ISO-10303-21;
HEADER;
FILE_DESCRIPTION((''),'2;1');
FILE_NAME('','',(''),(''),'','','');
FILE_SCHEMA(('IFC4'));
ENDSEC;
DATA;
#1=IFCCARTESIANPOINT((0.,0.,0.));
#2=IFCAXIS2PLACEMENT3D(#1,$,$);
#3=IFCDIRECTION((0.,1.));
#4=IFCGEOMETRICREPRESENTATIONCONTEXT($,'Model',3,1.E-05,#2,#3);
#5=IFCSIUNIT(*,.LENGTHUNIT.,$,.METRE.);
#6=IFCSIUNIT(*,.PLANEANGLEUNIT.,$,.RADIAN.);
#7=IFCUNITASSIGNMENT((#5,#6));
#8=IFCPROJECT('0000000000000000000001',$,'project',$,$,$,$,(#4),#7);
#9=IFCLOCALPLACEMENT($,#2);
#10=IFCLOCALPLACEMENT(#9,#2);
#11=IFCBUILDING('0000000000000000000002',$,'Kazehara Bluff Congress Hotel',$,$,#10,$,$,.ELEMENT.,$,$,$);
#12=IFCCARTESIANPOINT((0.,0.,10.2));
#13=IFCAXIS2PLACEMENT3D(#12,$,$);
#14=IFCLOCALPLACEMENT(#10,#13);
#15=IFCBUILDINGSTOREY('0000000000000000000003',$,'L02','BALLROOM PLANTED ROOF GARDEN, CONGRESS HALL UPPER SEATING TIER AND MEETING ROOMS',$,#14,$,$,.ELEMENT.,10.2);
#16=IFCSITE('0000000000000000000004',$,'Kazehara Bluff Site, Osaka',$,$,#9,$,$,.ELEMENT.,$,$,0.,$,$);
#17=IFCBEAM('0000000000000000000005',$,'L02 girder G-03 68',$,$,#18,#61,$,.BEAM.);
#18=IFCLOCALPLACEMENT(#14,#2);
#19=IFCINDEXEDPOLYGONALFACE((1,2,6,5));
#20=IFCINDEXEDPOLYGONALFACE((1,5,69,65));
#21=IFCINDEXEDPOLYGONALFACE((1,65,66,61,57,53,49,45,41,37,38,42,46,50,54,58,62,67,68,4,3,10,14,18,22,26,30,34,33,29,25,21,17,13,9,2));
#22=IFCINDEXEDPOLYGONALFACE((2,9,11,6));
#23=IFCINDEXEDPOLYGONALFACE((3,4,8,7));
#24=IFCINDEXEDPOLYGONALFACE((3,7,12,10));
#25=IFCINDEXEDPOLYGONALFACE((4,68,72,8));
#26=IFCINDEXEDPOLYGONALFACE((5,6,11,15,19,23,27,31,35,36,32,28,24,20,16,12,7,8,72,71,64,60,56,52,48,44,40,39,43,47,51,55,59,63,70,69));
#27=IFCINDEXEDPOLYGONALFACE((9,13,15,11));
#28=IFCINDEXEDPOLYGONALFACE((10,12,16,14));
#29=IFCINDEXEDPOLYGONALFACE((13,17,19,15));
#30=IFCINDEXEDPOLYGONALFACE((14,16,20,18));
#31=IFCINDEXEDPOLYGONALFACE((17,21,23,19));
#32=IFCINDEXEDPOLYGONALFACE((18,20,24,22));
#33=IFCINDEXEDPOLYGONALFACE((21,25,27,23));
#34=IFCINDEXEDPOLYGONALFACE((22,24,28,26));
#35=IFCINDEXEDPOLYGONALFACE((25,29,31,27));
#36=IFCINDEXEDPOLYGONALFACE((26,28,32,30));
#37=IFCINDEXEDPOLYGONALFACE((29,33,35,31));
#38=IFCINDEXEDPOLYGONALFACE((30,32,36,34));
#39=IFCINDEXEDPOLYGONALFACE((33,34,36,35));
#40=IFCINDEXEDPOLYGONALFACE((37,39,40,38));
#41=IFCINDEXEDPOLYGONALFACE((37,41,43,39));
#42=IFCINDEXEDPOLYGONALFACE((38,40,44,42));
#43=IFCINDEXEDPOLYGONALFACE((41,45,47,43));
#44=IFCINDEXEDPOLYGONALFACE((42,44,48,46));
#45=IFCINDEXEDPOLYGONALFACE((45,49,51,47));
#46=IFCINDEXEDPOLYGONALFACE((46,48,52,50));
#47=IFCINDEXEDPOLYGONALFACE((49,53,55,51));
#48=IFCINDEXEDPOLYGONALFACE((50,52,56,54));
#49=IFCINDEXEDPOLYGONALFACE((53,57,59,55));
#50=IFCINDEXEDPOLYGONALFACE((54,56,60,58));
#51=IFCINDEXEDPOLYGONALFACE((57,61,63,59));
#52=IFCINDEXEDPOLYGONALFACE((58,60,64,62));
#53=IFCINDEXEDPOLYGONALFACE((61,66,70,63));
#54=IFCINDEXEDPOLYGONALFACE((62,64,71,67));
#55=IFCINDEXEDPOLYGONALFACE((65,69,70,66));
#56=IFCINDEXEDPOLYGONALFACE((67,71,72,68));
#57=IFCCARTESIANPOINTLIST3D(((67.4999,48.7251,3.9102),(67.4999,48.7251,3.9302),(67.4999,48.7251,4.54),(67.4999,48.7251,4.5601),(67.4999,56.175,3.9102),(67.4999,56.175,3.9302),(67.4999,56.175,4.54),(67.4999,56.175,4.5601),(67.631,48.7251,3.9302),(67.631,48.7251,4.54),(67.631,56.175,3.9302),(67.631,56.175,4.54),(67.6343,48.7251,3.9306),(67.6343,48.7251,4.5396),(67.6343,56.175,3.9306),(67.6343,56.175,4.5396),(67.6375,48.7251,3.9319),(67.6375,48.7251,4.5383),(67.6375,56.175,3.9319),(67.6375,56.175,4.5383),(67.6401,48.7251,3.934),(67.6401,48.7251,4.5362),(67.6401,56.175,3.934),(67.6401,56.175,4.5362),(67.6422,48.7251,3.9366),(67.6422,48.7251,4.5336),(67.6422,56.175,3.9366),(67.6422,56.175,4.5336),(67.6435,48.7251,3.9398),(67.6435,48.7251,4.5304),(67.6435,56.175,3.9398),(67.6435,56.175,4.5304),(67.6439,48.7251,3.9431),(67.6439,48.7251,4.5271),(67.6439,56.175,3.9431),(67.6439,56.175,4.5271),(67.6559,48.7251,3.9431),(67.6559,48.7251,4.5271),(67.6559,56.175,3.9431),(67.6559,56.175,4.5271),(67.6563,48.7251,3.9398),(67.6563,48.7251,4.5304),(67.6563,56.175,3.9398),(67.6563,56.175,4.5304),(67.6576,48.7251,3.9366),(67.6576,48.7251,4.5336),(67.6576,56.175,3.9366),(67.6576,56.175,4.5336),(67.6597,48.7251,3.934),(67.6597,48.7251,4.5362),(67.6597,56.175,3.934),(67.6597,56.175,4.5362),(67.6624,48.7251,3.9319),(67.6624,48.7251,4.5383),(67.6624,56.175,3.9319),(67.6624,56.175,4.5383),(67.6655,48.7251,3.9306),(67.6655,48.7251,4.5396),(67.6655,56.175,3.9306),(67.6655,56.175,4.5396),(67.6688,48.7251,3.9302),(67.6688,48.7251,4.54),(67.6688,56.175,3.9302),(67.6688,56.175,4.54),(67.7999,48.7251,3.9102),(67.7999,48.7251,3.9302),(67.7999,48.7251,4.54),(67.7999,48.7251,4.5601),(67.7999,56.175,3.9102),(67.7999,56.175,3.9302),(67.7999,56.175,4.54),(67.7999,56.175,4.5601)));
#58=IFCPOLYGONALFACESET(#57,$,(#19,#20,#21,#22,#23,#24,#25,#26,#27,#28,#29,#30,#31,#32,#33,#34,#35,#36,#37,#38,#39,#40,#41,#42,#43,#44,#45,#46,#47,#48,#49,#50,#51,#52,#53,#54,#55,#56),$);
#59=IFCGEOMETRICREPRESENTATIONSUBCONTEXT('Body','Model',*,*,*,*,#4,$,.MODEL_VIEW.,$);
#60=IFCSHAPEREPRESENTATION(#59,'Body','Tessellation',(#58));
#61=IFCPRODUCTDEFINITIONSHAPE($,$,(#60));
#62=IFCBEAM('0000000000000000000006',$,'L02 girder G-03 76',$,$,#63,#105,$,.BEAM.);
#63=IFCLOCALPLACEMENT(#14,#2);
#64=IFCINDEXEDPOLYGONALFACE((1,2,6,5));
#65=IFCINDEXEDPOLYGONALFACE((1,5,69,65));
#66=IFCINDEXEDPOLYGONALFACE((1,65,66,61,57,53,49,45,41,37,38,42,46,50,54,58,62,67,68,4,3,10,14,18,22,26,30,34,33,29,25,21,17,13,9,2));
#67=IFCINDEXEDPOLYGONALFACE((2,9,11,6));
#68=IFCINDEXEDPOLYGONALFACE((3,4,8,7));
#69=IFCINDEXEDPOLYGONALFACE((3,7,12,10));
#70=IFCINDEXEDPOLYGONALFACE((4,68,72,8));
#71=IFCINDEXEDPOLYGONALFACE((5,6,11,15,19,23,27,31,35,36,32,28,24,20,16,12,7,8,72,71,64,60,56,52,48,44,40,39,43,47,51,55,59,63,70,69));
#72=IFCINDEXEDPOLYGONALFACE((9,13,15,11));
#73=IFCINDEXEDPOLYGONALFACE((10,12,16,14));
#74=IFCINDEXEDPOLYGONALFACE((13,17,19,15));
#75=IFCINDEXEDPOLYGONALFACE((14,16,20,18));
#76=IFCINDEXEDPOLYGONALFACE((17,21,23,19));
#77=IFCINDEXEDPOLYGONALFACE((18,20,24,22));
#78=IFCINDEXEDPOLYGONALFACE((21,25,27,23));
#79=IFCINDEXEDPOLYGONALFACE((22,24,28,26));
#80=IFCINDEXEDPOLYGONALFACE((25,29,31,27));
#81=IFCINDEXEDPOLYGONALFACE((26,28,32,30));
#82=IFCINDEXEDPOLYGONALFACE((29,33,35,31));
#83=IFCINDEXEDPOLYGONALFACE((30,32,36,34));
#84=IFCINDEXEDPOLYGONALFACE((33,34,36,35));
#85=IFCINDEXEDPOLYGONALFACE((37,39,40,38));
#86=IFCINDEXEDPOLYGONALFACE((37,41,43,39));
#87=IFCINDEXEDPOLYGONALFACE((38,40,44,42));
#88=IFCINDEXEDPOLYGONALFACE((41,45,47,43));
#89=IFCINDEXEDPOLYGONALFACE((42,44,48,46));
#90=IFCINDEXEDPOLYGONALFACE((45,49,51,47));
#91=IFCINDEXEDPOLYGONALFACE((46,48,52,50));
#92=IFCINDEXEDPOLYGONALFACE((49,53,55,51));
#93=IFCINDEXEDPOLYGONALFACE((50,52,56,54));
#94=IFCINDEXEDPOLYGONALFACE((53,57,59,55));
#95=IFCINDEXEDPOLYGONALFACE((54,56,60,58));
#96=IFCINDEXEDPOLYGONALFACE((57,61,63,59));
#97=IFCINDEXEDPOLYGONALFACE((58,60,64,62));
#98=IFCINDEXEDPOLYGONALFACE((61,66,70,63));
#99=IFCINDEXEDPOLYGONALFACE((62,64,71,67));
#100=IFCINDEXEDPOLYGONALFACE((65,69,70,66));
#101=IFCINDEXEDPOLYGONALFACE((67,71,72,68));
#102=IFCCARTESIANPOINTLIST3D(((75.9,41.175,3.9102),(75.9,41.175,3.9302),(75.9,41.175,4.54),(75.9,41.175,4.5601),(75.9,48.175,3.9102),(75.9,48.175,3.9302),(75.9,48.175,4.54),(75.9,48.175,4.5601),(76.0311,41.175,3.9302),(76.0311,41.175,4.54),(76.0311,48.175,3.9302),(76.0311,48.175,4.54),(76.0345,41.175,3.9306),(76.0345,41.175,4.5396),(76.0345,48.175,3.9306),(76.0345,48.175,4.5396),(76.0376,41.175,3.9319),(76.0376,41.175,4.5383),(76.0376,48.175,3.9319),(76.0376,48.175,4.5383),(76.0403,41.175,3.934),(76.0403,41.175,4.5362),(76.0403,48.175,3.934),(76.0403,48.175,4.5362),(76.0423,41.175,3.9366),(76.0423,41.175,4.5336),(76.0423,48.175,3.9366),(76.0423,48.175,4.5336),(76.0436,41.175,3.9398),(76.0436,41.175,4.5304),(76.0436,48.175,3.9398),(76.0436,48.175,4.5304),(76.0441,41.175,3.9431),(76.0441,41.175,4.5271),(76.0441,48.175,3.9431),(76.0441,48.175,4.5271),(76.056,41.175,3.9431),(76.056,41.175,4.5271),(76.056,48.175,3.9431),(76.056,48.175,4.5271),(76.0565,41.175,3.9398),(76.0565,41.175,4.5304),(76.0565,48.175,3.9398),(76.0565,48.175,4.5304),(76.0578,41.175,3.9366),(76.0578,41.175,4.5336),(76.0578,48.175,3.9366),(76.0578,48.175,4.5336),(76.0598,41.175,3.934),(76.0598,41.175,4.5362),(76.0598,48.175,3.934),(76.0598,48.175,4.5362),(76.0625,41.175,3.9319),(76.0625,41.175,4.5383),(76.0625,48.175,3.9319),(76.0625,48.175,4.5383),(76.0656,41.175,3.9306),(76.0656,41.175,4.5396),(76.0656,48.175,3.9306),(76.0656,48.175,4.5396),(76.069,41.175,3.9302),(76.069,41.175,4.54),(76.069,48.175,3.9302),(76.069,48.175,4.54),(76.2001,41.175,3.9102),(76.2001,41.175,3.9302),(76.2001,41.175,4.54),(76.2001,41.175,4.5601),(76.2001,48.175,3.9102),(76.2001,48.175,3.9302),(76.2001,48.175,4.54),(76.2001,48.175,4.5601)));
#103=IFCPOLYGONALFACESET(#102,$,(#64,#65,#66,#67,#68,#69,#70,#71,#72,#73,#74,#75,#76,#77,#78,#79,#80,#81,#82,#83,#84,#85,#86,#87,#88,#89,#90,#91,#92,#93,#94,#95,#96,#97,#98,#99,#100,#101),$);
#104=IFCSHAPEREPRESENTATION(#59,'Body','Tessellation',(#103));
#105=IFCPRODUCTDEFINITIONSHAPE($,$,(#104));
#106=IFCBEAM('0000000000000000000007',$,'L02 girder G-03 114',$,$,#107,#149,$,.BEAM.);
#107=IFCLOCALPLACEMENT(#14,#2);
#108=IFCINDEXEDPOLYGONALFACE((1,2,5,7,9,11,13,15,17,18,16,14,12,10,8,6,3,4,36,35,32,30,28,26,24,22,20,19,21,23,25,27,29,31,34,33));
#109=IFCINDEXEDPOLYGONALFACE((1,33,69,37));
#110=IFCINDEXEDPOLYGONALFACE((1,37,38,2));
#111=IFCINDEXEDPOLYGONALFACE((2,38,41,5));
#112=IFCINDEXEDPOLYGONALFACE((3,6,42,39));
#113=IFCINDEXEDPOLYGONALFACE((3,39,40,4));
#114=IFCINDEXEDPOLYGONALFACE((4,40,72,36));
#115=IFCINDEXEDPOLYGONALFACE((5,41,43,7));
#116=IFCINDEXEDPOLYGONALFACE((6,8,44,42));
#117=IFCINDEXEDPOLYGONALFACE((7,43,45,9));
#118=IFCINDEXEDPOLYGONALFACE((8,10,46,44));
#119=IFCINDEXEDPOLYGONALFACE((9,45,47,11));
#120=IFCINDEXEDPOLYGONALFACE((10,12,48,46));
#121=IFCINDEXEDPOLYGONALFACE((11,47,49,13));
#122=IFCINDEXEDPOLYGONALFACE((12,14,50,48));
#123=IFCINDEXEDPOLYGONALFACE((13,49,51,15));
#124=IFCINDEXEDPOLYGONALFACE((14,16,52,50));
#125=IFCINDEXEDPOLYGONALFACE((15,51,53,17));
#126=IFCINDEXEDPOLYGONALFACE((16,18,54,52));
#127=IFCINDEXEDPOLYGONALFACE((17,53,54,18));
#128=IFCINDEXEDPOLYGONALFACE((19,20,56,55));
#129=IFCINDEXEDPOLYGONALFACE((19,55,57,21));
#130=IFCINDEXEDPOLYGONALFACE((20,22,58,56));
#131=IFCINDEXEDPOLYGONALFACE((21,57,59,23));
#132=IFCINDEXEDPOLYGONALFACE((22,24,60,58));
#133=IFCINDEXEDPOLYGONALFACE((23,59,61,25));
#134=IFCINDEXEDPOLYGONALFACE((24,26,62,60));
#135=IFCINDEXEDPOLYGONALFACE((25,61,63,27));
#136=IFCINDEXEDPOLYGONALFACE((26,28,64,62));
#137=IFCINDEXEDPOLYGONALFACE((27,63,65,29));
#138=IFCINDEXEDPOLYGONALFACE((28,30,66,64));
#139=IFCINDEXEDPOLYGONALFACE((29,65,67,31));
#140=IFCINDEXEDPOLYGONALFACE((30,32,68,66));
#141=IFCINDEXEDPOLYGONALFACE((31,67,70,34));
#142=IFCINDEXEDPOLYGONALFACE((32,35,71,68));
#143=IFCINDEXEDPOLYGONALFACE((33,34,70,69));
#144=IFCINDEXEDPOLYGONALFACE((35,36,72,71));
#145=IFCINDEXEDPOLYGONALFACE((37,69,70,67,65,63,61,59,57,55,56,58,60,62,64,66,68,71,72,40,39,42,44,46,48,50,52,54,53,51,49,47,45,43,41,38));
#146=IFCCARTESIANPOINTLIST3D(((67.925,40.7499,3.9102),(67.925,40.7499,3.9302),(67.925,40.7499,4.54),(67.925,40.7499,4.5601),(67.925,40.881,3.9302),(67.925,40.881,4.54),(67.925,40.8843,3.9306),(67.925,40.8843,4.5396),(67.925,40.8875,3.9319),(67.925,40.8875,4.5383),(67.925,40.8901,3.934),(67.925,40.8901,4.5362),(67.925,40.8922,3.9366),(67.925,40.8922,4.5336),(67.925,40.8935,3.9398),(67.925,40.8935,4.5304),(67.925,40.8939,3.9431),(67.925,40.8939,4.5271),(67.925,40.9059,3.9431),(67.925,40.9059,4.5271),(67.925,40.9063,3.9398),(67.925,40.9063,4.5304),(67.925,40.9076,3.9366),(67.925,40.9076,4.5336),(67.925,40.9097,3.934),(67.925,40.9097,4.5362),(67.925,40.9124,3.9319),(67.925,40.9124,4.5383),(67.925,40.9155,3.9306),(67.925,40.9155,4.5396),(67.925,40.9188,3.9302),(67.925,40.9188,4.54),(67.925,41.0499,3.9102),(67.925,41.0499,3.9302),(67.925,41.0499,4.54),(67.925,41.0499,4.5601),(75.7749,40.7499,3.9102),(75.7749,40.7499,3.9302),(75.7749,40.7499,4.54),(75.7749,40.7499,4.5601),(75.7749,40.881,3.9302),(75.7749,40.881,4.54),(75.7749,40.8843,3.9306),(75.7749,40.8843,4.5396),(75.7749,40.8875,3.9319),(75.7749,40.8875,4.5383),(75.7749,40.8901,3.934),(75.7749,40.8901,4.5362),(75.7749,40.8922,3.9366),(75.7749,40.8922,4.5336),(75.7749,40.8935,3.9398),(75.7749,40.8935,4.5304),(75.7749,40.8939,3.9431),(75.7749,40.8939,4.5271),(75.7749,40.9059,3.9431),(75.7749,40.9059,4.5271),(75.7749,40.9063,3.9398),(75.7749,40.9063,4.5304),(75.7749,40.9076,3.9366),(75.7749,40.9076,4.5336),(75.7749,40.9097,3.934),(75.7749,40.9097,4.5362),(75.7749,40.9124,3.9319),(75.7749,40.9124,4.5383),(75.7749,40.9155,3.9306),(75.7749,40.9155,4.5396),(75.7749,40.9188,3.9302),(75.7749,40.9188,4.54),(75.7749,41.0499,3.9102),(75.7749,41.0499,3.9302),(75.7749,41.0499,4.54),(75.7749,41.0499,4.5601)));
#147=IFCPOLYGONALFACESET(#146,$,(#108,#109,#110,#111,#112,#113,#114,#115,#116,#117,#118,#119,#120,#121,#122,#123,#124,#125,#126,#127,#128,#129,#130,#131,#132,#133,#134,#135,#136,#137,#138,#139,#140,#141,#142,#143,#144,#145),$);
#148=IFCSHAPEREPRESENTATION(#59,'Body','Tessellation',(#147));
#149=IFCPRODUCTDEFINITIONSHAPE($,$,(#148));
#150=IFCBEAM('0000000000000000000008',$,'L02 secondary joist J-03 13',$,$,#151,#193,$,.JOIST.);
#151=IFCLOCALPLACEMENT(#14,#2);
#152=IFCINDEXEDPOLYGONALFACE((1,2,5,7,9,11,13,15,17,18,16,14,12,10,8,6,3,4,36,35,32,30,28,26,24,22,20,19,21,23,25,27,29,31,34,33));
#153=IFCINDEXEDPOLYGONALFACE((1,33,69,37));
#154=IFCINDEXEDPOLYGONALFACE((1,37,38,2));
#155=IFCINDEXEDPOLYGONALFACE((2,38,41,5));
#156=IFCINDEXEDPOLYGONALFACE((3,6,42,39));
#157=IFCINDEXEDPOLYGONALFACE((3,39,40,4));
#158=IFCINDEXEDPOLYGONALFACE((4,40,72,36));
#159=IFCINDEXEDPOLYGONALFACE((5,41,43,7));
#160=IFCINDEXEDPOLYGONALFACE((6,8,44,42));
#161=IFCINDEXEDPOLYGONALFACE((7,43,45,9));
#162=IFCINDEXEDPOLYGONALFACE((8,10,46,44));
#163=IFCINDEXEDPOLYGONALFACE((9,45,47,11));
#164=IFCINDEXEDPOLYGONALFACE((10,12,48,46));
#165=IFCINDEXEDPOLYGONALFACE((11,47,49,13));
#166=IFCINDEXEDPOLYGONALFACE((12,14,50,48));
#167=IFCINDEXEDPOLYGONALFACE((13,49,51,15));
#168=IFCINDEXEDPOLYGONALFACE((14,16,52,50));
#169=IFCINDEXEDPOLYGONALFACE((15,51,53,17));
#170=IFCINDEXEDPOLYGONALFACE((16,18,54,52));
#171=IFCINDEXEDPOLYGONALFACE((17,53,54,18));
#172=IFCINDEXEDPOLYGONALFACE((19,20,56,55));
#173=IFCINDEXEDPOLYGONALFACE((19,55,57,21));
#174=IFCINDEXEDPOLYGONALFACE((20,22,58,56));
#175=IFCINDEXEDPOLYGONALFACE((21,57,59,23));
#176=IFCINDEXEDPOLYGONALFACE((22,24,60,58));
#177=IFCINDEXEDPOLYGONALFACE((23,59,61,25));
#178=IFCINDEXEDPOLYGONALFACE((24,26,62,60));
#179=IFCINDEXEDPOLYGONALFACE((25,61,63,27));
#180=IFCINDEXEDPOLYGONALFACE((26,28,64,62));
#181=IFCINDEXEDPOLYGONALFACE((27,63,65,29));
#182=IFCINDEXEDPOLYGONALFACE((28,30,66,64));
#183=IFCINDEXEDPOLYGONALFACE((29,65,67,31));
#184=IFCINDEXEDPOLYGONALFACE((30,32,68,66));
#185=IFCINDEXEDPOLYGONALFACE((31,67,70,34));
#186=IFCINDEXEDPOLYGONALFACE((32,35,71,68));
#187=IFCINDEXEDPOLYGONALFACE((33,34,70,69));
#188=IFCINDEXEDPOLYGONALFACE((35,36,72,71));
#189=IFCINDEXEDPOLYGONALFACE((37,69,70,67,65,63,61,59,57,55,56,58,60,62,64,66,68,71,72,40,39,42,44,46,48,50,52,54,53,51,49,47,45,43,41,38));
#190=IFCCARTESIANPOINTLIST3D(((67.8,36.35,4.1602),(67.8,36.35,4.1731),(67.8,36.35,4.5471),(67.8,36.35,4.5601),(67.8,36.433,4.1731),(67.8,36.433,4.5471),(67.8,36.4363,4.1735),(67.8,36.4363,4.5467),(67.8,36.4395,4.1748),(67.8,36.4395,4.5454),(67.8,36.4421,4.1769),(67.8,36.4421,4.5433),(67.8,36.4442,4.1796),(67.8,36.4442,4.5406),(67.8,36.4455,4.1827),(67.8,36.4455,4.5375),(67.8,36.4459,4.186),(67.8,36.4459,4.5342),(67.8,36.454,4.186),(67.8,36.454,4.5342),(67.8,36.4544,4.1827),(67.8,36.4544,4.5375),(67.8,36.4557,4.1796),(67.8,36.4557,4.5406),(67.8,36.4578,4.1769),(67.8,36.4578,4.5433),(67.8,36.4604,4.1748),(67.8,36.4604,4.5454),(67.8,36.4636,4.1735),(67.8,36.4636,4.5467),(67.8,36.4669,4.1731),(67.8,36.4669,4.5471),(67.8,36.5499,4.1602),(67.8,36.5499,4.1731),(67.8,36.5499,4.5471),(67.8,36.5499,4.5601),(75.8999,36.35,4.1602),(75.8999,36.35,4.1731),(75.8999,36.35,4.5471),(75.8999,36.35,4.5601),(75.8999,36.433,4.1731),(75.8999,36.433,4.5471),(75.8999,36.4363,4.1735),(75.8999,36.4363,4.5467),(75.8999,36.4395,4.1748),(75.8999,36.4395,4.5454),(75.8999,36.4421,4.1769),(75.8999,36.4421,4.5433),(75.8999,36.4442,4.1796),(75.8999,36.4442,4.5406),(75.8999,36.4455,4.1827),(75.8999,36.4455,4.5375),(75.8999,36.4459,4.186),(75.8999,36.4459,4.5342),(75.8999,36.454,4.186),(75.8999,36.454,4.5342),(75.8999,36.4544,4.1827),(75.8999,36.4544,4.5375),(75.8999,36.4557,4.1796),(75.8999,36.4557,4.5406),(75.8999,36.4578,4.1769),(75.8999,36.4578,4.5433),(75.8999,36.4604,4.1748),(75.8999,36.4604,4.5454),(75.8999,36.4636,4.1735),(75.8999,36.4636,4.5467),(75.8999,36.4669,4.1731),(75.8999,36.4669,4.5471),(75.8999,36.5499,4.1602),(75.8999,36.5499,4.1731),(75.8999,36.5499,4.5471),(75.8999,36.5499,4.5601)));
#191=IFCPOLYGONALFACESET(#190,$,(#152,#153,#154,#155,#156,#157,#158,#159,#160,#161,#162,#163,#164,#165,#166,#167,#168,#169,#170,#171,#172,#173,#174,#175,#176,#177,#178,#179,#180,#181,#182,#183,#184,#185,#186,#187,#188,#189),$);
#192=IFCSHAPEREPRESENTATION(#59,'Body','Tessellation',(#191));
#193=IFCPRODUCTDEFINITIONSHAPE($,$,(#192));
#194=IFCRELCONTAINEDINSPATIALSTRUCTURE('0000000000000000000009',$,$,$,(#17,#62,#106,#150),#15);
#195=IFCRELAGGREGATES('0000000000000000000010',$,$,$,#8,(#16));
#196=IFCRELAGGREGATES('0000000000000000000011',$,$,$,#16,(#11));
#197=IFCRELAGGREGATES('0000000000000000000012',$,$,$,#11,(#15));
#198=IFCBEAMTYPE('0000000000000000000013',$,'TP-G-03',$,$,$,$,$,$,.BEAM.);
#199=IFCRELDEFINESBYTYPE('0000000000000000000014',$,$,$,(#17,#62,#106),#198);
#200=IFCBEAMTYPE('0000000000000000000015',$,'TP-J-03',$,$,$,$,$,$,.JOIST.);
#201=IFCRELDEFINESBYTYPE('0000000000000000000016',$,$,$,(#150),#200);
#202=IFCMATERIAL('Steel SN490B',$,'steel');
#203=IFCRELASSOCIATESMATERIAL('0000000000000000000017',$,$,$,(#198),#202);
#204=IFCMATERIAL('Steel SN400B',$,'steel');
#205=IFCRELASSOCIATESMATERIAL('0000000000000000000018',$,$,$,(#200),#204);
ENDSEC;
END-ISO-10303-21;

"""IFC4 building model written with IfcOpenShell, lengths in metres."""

from ifc_helpers import new_model, si_unit, direction, frame, origin, origin_2d, place, context, subcontext, project, spatial, i_section, extrude, material, material_profile, profile_set, type_object, element, save


model = new_model("IFC4")

# Units and contexts
model_context = context("Model", 3, precision=1e-05, world=origin(), true_north=direction((0.0, 1.0)))
body_context = subcontext(model_context, "Body", "Model", "MODEL_VIEW")
ifc_project = project(units=[si_unit("LENGTHUNIT", "METRE"), si_unit("PLANEANGLEUNIT", "RADIAN")], contexts=[model_context])

# Site, building, storey
site_placement = place(None, origin())
site = spatial("IfcSite", under=ifc_project, at=site_placement, Name="Kazehara Bluff Site, Osaka", CompositionType="ELEMENT", RefElevation=0.0)
building_placement = place(site_placement, origin())
building = spatial("IfcBuilding", under=site, at=building_placement, Name="Kazehara Bluff Congress Hotel", CompositionType="ELEMENT")
storey_placement = place(building_placement, frame((0.0, 0.0, 10.2)))
storey = spatial("IfcBuildingStorey", under=building, at=storey_placement, Name="L02", Description="BALLROOM PLANTED ROOF GARDEN, CONGRESS HALL UPPER SEATING TIER AND MEETING ROOMS", CompositionType="ELEMENT", Elevation=10.2)

# Beams
ifc_material_1 = material(Name="Steel SN490B", Category="steel")
ifc_material_profile_1 = material_profile(ifc_material_1, i_section(OverallWidth=0.3, OverallDepth=0.6499, WebThickness=0.012, FlangeThickness=0.02, FilletRadius=0.0129, at=origin_2d()))
ifc_profile_set_1 = profile_set([ifc_material_profile_1], Name="Steel SN490B")
beam_type_1 = type_object("IfcBeamType", Name="TP-G-03", PredefinedType="BEAM", material=ifc_profile_set_1)
beam_1_placement = place(storey_placement, frame((67.6499, 48.7251, 4.2351), z_axis=(0.0, 1.0, 0.0), x_axis=(-1.0, 0.0, 0.0)))
element("IfcBeam", 1, at=beam_1_placement, inside=storey, type_object=beam_type_1, Name="L02 girder G-03 68", PredefinedType="BEAM", context=body_context, shape_type="SweptSolid", body=[
    extrude(i_section(OverallWidth=0.3, OverallDepth=0.6499, WebThickness=0.012, FlangeThickness=0.02, FilletRadius=0.0129, at=origin_2d()), origin(), (0.0, 0.0, 1.0), 7.45),
])
beam_2_placement = place(storey_placement, frame((76.05, 41.175, 4.2351), z_axis=(0.0, 1.0, 0.0), x_axis=(-1.0, 0.0, 0.0)))
element("IfcBeam", 2, at=beam_2_placement, inside=storey, type_object=beam_type_1, Name="L02 girder G-03 76", PredefinedType="BEAM", context=body_context, shape_type="SweptSolid", body=[
    extrude(i_section(OverallWidth=0.3, OverallDepth=0.6499, WebThickness=0.012, FlangeThickness=0.02, FilletRadius=0.0129, at=origin_2d()), origin(), (0.0, 0.0, 1.0), 7.0),
])
beam_3_placement = place(storey_placement, frame((67.925, 40.8999, 4.2351), z_axis=(1.0, 0.0, 0.0), x_axis=(0.0, 1.0, 0.0)))
element("IfcBeam", 3, at=beam_3_placement, inside=storey, type_object=beam_type_1, Name="L02 girder G-03 114", PredefinedType="BEAM", context=body_context, shape_type="SweptSolid", body=[
    extrude(i_section(OverallWidth=0.3, OverallDepth=0.6499, WebThickness=0.012, FlangeThickness=0.02, FilletRadius=0.0129, at=origin_2d()), origin(), (0.0, 0.0, 1.0), 7.8499),
])
ifc_material_2 = material(Name="Steel SN400B", Category="steel")
ifc_material_profile_2 = material_profile(ifc_material_2, i_section(OverallWidth=0.2, OverallDepth=0.3999, WebThickness=0.0081, FlangeThickness=0.0129, FilletRadius=0.0129, at=origin_2d()))
ifc_profile_set_2 = profile_set([ifc_material_profile_2], Name="Steel SN400B")
beam_type_2 = type_object("IfcBeamType", Name="TP-J-03", PredefinedType="JOIST", material=ifc_profile_set_2)
for number, where, z_axis, x_axis, name in (
    (4, (67.8, 36.45, 4.3601), (1.0, 0.0, 0.0), (0.0, 1.0, 0.0), "L02 secondary joist J-03 13"),
):
    element("IfcBeam", number, at=place(storey_placement, frame(where, z_axis=z_axis, x_axis=x_axis)), inside=storey, type_object=beam_type_2, Name=name, PredefinedType="JOIST", context=body_context, shape_type="SweptSolid", body=[
        extrude(i_section(OverallWidth=0.2, OverallDepth=0.3999, WebThickness=0.0081, FlangeThickness=0.0129, FilletRadius=0.0129, at=origin_2d()), origin(), (0.0, 0.0, 1.0), 8.0999),
    ])

save(model, "model.ifc")
